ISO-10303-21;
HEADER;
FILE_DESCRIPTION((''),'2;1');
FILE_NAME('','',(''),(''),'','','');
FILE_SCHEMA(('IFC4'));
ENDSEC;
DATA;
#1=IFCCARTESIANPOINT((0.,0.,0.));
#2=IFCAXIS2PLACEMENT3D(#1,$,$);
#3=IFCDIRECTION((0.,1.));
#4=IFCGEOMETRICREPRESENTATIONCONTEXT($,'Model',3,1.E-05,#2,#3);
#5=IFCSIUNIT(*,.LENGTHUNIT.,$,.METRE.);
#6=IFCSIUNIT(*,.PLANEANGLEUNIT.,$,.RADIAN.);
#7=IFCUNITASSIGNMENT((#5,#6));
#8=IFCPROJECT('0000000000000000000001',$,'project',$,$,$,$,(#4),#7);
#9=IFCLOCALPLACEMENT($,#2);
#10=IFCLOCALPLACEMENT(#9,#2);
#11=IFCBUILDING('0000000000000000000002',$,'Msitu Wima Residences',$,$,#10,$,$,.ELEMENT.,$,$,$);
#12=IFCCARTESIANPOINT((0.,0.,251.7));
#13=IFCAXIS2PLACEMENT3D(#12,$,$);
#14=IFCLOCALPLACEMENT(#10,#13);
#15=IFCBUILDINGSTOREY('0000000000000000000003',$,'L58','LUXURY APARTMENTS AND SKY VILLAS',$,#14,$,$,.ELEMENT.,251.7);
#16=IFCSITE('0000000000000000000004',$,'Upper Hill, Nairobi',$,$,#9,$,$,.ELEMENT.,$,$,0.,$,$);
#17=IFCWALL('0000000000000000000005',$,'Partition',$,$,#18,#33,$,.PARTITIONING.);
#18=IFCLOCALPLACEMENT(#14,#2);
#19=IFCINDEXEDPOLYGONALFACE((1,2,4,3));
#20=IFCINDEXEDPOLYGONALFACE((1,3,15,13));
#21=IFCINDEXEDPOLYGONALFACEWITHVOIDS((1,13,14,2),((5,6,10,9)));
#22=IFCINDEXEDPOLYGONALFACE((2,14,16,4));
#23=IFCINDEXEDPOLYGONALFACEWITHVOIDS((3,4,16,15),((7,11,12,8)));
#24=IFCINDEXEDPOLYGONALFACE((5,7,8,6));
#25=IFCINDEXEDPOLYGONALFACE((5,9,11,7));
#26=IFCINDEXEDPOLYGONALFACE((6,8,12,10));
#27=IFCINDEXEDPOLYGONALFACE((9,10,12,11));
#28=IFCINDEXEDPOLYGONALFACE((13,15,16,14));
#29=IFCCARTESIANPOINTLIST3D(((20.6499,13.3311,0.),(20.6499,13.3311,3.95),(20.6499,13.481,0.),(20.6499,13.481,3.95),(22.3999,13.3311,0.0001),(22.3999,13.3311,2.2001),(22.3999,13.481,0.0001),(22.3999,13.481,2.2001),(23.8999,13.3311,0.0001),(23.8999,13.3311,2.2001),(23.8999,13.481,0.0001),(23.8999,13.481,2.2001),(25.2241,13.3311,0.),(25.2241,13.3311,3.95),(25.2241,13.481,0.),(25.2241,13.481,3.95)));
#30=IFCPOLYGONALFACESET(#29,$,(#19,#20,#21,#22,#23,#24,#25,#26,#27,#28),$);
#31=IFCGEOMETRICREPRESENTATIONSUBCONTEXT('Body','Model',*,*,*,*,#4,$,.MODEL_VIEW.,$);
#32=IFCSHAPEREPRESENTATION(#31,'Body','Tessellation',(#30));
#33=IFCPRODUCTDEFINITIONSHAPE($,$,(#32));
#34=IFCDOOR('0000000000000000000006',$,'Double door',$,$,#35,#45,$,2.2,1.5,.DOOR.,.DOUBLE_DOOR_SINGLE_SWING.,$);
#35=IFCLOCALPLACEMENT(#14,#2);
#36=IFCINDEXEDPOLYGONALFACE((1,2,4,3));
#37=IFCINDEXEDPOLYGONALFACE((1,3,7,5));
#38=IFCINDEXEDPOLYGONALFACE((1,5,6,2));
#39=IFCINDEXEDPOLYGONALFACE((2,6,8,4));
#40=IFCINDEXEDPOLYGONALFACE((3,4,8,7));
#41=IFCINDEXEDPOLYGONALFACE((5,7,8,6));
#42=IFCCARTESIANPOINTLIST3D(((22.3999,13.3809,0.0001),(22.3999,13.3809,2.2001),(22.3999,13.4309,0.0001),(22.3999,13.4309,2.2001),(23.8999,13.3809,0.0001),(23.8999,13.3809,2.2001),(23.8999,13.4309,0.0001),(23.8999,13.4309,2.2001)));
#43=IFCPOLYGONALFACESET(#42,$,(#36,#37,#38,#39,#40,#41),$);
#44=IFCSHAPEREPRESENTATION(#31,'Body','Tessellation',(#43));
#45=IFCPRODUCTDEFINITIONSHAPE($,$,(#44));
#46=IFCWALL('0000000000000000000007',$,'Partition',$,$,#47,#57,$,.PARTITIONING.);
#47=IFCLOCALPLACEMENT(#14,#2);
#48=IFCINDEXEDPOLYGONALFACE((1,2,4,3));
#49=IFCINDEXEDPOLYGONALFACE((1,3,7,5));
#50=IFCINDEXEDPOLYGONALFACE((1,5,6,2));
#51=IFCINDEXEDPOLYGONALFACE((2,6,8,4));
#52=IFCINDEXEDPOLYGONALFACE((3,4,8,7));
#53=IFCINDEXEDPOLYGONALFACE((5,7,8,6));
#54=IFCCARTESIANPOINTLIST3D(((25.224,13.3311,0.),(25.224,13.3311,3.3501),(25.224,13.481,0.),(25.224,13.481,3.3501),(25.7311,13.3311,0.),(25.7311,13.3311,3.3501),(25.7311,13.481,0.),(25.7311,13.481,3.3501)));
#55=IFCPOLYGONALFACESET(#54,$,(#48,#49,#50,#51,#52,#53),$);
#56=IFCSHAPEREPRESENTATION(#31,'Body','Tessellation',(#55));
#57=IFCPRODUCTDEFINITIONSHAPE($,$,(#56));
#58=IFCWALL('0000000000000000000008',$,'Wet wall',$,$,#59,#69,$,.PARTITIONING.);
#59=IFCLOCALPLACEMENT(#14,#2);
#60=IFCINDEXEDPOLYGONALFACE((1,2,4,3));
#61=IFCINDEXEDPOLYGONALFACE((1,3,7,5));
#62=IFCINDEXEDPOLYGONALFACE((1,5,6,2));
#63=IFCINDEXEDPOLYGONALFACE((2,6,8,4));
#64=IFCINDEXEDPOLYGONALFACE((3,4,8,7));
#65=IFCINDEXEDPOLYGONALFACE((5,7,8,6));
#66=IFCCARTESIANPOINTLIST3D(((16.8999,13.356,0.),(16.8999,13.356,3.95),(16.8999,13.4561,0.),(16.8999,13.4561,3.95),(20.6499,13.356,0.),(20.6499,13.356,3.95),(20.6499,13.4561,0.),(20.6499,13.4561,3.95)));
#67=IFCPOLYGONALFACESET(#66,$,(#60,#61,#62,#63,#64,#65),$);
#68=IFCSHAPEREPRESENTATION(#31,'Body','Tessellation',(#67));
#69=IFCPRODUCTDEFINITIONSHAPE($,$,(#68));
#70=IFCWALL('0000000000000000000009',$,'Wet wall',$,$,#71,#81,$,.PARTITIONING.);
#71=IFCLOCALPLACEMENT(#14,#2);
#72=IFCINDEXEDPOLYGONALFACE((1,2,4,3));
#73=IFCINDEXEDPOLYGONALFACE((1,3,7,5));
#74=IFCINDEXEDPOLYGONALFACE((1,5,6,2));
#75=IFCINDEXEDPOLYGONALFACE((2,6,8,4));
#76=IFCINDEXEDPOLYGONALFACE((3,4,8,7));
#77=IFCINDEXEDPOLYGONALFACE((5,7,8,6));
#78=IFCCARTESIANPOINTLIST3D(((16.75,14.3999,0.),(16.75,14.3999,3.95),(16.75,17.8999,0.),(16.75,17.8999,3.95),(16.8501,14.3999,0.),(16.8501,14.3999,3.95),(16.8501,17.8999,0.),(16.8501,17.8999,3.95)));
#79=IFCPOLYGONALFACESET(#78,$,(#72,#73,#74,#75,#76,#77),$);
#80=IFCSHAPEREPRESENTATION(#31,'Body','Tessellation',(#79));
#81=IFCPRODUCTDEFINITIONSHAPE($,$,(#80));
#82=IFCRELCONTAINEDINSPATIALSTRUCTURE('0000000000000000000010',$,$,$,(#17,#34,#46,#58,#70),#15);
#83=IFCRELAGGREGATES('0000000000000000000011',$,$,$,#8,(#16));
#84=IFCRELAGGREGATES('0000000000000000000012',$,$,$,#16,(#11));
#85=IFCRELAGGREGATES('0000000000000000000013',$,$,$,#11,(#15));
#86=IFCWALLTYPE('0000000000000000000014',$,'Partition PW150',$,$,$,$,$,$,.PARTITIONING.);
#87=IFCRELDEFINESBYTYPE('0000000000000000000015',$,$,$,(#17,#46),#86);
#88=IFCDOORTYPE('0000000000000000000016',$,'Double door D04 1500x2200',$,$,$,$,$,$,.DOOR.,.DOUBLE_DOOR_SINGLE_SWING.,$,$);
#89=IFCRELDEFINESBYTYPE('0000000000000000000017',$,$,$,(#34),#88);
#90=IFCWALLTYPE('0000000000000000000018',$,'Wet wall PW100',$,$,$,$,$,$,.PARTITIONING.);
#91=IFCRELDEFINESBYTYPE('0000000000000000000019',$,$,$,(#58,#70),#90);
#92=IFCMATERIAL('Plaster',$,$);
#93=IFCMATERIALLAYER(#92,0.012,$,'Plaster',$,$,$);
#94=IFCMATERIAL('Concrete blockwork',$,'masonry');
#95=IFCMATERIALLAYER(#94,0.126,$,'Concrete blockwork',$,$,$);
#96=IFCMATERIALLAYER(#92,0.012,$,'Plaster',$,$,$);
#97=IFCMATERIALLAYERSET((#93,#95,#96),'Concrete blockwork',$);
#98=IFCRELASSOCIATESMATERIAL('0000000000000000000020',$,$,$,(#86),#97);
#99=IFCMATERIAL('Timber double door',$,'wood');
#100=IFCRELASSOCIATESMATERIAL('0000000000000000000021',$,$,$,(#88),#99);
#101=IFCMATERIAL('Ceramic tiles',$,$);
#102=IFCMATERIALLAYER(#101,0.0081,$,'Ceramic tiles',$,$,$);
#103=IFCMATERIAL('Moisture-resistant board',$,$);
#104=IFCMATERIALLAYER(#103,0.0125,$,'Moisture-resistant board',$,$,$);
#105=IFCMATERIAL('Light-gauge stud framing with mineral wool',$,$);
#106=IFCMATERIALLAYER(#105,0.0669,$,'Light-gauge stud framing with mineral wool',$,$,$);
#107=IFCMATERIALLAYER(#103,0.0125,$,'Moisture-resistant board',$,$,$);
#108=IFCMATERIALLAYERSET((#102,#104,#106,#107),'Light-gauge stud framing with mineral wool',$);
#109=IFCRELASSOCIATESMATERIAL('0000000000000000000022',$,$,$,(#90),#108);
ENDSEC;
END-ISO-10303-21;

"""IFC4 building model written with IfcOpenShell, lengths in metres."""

from ifc_helpers import new_model, si_unit, direction, frame, frame_2d, origin, place, context, subcontext, project, spatial, rectangle, extrude, material, layer, layer_set, type_object, element, fill, save


model = new_model("IFC4")

# Units and contexts
model_context = context("Model", 3, precision=1e-05, world=origin(), true_north=direction((0.0, 1.0)))
body_context = subcontext(model_context, "Body", "Model", "MODEL_VIEW")
ifc_project = project(units=[si_unit("LENGTHUNIT", "METRE"), si_unit("PLANEANGLEUNIT", "RADIAN")], contexts=[model_context])

# Site, building, storey
site_placement = place(None, origin())
site = spatial("IfcSite", under=ifc_project, at=site_placement, Name="Upper Hill, Nairobi", CompositionType="ELEMENT", RefElevation=0.0)
building_placement = place(site_placement, origin())
building = spatial("IfcBuilding", under=site, at=building_placement, Name="Msitu Wima Residences", CompositionType="ELEMENT")
storey_placement = place(building_placement, frame((0.0, 0.0, 251.7)))
storey = spatial("IfcBuildingStorey", under=building, at=storey_placement, Name="L58", Description="LUXURY APARTMENTS AND SKY VILLAS", CompositionType="ELEMENT", Elevation=251.7)

# Shared definitions
ifc_material_1 = material(Name="Plaster")
ifc_material_2 = material(Name="Concrete blockwork", Category="masonry")

# Shared definitions
ifc_layer_1 = layer(ifc_material_1, 0.012, Name="Plaster")
ifc_layer_2 = layer(ifc_material_2, 0.126, Name="Concrete blockwork")
ifc_layer_3 = layer(ifc_material_1, 0.012, Name="Plaster")
ifc_layer_set_1 = layer_set([ifc_layer_1, ifc_layer_2, ifc_layer_3], Name="Concrete blockwork")
wall_type_1 = type_object("IfcWallType", Name="Partition PW150", PredefinedType="PARTITIONING", material=ifc_layer_set_1)

# Wall, opening, door
wall_1_placement = place(storey_placement, frame((20.6499, 13.406, 0.0), z_axis=(0.0, 0.0, 1.0), x_axis=(1.0, 0.0, 0.0)))
wall_1 = element("IfcWall", 1, at=wall_1_placement, inside=storey, type_object=wall_type_1, Name="Partition", PredefinedType="PARTITIONING", context=body_context, shape_type="SweptSolid", body=[
    extrude(rectangle(XDim=4.5742, YDim=0.1499, at=frame_2d((2.2871, 0.0))), origin(), (0.0, 0.0, 1.0), 3.95),
])
opening_1_placement = place(wall_1_placement, frame((1.75, 0.0, 0.0)))
opening_1 = element("IfcOpeningElement", 2, at=opening_1_placement, cuts=wall_1, PredefinedType="OPENING", context=body_context, shape_type="SweptSolid", body=[
    extrude(rectangle(XDim=1.5, YDim=2.2, at=frame_2d((0.75, 1.1001))), frame((0.0, 0.085, 0.0), z_axis=(0.0, -1.0, 0.0), x_axis=(1.0, 0.0, 0.0)), (0.0, 0.0, 1.0), 0.1699),
])
ifc_material_3 = material(Name="Timber double door", Category="wood")
door_type_1 = type_object("IfcDoorType", Name="Double door D04 1500x2200", OperationType="DOUBLE_DOOR_SINGLE_SWING", PredefinedType="DOOR", material=ifc_material_3)
door_1_placement = place(opening_1_placement, origin())
door_1 = element("IfcDoor", 3, at=door_1_placement, inside=storey, type_object=door_type_1, Name="Double door", OperationType="DOUBLE_DOOR_SINGLE_SWING", OverallHeight=2.2, OverallWidth=1.5, PredefinedType="DOOR", context=body_context, shape_type="SweptSolid", body=[
    extrude(rectangle(XDim=1.5, YDim=2.2, at=frame_2d((0.75, 1.1001))), frame((0.0, 0.0249, 0.0), z_axis=(0.0, -1.0, 0.0), x_axis=(1.0, 0.0, 0.0)), (0.0, 0.0, 1.0), 0.05),
])
fill(opening_1, door_1)

# Walls
wall_2_placement = place(storey_placement, frame((25.2241, 13.406, 0.0), z_axis=(0.0, 0.0, 1.0), x_axis=(1.0, 0.0, 0.0)))
element("IfcWall", 4, at=wall_2_placement, inside=storey, type_object=wall_type_1, Name="Partition", PredefinedType="PARTITIONING", context=body_context, shape_type="SweptSolid", body=[
    extrude(rectangle(XDim=0.5071, YDim=0.1499, at=frame_2d((0.2534, 0.0))), origin(), (0.0, 0.0, 1.0), 3.3501),
])
ifc_material_4 = material(Name="Ceramic tiles")
ifc_layer_4 = layer(ifc_material_4, 0.0081, Name="Ceramic tiles")
ifc_material_5 = material(Name="Moisture-resistant board")
ifc_layer_5 = layer(ifc_material_5, 0.0125, Name="Moisture-resistant board")
ifc_material_6 = material(Name="Light-gauge stud framing with mineral wool")
ifc_layer_6 = layer(ifc_material_6, 0.0669, Name="Light-gauge stud framing with mineral wool")
ifc_layer_7 = layer(ifc_material_5, 0.0125, Name="Moisture-resistant board")
ifc_layer_set_2 = layer_set([ifc_layer_4, ifc_layer_5, ifc_layer_6, ifc_layer_7], Name="Light-gauge stud framing with mineral wool")
wall_type_2 = type_object("IfcWallType", Name="Wet wall PW100", PredefinedType="PARTITIONING", material=ifc_layer_set_2)
wall_3_placement = place(storey_placement, frame((16.8999, 13.406, 0.0), z_axis=(0.0, 0.0, 1.0), x_axis=(1.0, 0.0, 0.0)))
element("IfcWall", 5, at=wall_3_placement, inside=storey, type_object=wall_type_2, Name="Wet wall", PredefinedType="PARTITIONING", context=body_context, shape_type="SweptSolid", body=[
    extrude(rectangle(XDim=3.75, YDim=0.1001, at=frame_2d((1.875, 0.0))), origin(), (0.0, 0.0, 1.0), 3.95),
])
wall_4_placement = place(storey_placement, frame((16.8, 14.3999, 0.0), z_axis=(0.0, 0.0, 1.0), x_axis=(0.0, 1.0, 0.0)))
element("IfcWall", 6, at=wall_4_placement, inside=storey, type_object=wall_type_2, Name="Wet wall", PredefinedType="PARTITIONING", context=body_context, shape_type="SweptSolid", body=[
    extrude(rectangle(XDim=3.5, YDim=0.1001, at=frame_2d((1.75, 0.0))), origin(), (0.0, 0.0, 1.0), 3.95),
])

save(model, "model.ifc")
